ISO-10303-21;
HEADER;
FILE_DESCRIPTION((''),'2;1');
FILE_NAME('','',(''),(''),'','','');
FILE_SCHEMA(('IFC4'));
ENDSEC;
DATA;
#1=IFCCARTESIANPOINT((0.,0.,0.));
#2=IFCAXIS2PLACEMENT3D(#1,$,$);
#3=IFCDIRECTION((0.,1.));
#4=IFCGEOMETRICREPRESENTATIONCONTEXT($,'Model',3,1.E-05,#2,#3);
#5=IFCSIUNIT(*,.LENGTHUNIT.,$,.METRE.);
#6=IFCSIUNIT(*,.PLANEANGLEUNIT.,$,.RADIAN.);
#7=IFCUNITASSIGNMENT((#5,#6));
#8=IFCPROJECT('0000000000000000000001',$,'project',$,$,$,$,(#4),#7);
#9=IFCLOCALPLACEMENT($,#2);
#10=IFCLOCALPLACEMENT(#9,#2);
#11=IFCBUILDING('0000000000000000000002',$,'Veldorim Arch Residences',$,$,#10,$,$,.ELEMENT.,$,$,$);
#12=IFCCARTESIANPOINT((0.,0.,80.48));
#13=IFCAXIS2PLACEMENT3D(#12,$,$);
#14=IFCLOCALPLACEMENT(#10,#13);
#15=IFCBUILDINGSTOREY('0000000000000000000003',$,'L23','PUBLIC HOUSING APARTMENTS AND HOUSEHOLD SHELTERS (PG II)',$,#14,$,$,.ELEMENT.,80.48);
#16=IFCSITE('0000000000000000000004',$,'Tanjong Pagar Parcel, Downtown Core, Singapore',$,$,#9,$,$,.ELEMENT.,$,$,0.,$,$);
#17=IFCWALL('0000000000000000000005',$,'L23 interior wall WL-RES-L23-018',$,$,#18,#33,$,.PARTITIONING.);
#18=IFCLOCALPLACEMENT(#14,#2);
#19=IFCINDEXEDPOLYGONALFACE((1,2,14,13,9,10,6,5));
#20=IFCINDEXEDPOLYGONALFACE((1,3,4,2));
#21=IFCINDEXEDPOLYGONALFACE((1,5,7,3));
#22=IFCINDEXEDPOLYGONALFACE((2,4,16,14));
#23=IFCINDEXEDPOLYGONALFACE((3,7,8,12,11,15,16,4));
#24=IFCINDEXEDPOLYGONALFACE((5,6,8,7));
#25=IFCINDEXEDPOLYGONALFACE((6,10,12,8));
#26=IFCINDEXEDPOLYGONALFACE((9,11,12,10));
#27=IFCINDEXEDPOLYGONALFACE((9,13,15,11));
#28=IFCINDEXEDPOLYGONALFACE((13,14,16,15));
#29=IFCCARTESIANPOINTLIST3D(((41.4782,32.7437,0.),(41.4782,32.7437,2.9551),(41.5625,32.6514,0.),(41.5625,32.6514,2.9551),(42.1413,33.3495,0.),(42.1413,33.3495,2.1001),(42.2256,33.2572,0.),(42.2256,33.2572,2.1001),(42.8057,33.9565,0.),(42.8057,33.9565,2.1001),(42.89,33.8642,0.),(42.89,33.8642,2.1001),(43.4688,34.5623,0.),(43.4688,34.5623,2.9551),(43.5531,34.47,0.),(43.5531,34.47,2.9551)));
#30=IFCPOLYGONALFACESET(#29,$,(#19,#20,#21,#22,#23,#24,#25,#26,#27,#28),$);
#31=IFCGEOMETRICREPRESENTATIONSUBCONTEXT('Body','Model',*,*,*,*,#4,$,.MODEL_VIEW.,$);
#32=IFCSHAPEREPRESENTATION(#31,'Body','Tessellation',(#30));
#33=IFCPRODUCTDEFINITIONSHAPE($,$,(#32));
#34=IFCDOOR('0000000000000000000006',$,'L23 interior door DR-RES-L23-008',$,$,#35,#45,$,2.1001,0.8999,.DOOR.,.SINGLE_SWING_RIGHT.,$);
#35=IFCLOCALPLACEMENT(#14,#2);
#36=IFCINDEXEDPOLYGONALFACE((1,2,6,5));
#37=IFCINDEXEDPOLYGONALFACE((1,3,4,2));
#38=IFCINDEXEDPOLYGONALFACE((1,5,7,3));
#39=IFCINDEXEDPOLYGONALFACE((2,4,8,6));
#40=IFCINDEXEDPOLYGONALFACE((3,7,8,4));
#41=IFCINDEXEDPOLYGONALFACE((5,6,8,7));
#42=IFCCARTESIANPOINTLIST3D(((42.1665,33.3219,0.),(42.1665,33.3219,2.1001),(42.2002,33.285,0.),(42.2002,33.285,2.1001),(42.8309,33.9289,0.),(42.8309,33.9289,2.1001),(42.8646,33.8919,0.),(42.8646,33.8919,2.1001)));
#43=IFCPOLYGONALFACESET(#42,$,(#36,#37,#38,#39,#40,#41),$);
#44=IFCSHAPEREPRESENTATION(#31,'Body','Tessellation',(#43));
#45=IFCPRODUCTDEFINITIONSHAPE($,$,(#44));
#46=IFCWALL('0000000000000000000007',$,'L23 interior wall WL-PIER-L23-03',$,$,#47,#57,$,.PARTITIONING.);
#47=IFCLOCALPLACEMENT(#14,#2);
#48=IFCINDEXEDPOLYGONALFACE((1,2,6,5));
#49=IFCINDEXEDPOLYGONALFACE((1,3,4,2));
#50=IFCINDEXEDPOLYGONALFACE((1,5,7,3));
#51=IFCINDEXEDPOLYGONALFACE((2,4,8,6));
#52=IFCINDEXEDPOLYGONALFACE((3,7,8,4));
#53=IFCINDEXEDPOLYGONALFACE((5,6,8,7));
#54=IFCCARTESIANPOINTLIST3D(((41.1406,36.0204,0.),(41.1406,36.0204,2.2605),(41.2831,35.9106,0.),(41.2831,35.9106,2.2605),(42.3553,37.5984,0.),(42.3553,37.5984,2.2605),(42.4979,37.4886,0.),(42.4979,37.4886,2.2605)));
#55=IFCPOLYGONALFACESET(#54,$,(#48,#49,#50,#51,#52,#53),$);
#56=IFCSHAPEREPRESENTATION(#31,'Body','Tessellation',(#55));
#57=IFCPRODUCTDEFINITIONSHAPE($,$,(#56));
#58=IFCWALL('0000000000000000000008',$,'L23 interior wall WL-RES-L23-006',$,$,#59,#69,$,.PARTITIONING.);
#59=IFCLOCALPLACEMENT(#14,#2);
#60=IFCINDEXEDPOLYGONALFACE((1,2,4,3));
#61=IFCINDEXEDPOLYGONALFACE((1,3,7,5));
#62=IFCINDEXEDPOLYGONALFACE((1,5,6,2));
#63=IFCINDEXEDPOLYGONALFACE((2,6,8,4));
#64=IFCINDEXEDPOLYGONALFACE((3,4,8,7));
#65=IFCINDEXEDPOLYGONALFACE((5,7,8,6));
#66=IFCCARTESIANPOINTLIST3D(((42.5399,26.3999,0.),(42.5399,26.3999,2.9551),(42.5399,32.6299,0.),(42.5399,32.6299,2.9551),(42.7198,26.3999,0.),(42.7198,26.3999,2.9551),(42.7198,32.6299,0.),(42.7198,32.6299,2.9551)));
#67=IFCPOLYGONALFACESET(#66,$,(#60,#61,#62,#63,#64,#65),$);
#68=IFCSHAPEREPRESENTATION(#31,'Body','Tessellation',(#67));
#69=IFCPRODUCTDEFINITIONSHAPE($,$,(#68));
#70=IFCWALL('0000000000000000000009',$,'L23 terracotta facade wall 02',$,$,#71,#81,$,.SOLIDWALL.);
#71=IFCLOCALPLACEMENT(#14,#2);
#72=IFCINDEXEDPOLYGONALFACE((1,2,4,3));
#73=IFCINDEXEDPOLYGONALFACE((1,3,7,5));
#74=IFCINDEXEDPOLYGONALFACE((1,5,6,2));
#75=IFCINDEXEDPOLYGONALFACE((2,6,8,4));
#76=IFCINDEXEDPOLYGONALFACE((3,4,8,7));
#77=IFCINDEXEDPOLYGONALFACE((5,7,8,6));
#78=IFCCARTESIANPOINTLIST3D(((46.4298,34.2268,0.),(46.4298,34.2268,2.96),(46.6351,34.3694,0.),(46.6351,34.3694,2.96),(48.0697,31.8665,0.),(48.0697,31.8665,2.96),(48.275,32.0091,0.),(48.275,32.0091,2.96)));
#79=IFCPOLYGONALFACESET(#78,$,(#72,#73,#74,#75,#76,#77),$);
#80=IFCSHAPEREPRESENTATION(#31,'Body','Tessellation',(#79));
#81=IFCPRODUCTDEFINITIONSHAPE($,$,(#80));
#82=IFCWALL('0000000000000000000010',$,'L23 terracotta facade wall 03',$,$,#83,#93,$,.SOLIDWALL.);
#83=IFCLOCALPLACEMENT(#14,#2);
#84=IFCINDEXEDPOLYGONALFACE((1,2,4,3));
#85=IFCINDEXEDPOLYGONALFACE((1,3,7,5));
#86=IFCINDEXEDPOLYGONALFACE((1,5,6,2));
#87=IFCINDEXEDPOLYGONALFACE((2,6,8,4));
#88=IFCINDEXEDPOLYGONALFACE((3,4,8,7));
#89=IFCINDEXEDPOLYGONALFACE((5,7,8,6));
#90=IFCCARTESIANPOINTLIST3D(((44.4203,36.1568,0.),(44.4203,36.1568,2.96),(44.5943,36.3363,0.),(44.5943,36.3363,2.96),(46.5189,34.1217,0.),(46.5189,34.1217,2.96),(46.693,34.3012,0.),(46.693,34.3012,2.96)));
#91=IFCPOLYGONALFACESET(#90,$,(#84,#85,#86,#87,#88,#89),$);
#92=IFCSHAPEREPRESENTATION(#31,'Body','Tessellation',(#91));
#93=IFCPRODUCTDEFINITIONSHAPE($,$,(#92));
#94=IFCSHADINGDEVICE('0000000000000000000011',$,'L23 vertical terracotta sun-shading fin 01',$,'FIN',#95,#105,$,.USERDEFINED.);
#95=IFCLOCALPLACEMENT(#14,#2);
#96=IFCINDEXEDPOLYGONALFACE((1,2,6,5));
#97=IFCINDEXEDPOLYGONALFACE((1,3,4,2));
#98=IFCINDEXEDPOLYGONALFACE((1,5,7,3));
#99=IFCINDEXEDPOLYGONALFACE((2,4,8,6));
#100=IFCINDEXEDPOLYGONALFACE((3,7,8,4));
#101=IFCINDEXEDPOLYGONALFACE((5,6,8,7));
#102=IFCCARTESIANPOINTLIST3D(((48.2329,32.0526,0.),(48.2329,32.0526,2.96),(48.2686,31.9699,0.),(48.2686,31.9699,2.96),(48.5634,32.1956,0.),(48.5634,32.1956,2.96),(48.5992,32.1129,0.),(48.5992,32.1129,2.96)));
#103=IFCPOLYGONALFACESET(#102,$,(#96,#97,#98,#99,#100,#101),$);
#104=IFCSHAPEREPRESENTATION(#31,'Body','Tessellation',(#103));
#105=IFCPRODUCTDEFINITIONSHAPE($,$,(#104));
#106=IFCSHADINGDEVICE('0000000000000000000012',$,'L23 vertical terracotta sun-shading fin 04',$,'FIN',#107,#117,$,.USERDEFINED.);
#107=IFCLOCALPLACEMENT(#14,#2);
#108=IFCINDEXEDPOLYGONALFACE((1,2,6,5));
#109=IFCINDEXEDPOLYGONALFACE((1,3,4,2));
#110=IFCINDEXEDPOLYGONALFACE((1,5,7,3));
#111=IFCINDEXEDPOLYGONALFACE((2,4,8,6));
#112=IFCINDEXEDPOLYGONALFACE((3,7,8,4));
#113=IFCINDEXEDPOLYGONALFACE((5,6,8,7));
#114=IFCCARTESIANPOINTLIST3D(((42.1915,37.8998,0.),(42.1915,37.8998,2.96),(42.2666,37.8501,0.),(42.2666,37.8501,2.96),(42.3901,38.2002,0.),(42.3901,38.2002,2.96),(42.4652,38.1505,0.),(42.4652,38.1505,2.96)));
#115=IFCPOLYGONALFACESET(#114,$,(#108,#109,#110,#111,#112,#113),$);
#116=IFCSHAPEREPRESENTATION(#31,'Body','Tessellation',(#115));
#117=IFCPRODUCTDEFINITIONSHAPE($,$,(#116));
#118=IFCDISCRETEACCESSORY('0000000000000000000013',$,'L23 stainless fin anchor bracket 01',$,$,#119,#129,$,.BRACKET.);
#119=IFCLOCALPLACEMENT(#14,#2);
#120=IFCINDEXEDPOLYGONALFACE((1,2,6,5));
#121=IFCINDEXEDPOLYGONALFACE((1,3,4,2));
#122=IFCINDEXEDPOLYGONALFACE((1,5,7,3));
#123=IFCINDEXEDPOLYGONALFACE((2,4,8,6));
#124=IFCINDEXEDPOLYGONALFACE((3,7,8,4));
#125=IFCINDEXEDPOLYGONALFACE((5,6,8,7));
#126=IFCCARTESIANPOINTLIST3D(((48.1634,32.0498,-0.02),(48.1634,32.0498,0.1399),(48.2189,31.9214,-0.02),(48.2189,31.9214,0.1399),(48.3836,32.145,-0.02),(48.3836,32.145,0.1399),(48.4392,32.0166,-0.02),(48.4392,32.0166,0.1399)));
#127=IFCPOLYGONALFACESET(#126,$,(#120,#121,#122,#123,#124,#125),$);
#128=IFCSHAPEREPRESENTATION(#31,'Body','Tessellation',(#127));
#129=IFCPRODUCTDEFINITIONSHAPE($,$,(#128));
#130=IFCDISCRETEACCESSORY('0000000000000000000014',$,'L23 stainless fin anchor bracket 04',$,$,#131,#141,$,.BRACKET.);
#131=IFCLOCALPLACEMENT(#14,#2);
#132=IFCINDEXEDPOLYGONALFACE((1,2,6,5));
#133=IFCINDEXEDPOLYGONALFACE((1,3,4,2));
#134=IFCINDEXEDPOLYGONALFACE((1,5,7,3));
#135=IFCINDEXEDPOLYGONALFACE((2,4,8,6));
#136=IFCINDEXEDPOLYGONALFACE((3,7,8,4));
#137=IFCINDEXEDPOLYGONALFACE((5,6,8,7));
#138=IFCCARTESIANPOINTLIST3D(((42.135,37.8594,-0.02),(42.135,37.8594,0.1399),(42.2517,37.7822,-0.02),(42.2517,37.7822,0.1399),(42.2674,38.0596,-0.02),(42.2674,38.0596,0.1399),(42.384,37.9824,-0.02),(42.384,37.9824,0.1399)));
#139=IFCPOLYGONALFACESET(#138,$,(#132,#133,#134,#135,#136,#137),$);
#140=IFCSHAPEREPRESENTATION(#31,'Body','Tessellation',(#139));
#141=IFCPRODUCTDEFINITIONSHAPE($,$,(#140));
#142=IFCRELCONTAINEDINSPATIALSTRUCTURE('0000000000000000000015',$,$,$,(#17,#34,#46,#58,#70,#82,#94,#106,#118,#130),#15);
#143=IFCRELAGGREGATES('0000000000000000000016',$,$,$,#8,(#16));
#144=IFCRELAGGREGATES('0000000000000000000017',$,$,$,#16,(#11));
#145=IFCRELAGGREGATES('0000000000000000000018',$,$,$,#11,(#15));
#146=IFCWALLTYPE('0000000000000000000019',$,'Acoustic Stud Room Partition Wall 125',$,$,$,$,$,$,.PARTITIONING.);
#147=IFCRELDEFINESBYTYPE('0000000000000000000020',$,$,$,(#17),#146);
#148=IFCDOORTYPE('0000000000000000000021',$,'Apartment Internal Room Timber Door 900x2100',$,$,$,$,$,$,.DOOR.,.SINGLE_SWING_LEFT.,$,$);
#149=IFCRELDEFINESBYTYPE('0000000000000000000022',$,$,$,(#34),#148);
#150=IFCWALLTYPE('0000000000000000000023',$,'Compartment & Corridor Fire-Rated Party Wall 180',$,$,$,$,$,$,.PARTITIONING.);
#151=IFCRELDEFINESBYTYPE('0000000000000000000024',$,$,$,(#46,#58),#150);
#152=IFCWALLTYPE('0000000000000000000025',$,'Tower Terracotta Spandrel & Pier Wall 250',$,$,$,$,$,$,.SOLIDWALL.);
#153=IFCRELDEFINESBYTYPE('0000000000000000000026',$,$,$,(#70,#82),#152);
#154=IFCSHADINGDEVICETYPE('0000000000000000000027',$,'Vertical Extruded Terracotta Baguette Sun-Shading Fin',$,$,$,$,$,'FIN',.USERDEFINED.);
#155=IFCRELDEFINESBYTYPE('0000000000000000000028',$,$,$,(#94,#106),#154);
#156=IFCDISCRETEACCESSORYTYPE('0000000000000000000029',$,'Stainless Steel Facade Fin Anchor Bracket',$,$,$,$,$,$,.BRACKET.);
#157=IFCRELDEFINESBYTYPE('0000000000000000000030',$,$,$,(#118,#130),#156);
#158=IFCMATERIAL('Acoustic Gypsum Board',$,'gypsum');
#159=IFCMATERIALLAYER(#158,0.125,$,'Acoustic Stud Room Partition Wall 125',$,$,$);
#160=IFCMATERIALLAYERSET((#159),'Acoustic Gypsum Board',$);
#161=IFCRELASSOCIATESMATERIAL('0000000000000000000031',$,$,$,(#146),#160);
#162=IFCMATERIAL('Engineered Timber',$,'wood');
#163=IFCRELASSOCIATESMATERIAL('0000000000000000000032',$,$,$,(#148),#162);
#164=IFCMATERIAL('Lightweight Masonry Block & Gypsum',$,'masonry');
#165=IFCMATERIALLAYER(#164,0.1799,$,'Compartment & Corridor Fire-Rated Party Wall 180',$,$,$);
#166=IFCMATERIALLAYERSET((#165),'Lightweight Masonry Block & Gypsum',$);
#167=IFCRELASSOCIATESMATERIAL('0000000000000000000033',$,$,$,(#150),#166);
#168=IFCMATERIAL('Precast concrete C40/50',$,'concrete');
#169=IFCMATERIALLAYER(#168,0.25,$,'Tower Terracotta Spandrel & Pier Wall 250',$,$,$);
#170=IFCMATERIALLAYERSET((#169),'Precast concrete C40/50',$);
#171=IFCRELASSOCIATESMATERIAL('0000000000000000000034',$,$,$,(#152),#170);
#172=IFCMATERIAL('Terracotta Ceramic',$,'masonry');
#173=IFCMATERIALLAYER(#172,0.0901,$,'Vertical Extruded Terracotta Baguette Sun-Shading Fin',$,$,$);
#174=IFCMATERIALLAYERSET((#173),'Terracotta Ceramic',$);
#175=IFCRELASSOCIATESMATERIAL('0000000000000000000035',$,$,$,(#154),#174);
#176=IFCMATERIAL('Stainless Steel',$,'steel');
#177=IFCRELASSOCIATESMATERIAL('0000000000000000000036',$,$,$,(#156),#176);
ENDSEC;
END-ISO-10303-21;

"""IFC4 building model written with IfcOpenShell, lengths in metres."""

from ifc_helpers import new_model, si_unit, direction, frame, frame_2d, origin, origin_2d, place, context, subcontext, project, spatial, rectangle, extrude, material, layer, layer_set, type_object, element, fill, save


model = new_model("IFC4")

# Units and contexts
model_context = context("Model", 3, precision=1e-05, world=origin(), true_north=direction((0.0, 1.0)))
body_context = subcontext(model_context, "Body", "Model", "MODEL_VIEW")
ifc_project = project(units=[si_unit("LENGTHUNIT", "METRE"), si_unit("PLANEANGLEUNIT", "RADIAN")], contexts=[model_context])

# Site, building, storey
site_placement = place(None, origin())
site = spatial("IfcSite", under=ifc_project, at=site_placement, Name="Tanjong Pagar Parcel, Downtown Core, Singapore", CompositionType="ELEMENT", RefElevation=0.0)
building_placement = place(site_placement, origin())
building = spatial("IfcBuilding", under=site, at=building_placement, Name="Veldorim Arch Residences", CompositionType="ELEMENT")
storey_placement = place(building_placement, frame((0.0, 0.0, 80.48)))
storey = spatial("IfcBuildingStorey", under=building, at=storey_placement, Name="L23", Description="PUBLIC HOUSING APARTMENTS AND HOUSEHOLD SHELTERS (PG II)", CompositionType="ELEMENT", Elevation=80.48)

# Wall, opening, door
ifc_material_1 = material(Name="Acoustic Gypsum Board", Category="gypsum")
ifc_layer_1 = layer(ifc_material_1, 0.125, Name="Acoustic Stud Room Partition Wall 125")
ifc_layer_set_1 = layer_set([ifc_layer_1], Name="Acoustic Gypsum Board")
wall_type_1 = type_object("IfcWallType", Name="Acoustic Stud Room Partition Wall 125", PredefinedType="PARTITIONING", material=ifc_layer_set_1)
wall_1_placement = place(storey_placement, frame((43.511, 34.5161, 0.0), z_axis=(0.0, 0.0, 1.0), x_axis=(-0.738303, -0.674469, 0.0)))
wall_1 = element("IfcWall", 1, at=wall_1_placement, inside=storey, type_object=wall_type_1, Name="L23 interior wall WL-RES-L23-018", PredefinedType="PARTITIONING", context=body_context, shape_type="SweptSolid", body=[
    extrude(rectangle(XDim=2.6963, YDim=0.125, at=frame_2d((1.3481, 0.0))), origin(), (0.0, 0.0, 1.0), 2.9551),
])
opening_placement = place(wall_1_placement, frame((0.8982, 0.0, 0.0)))
opening = element("IfcOpeningElement", 2, at=opening_placement, cuts=wall_1, PredefinedType="OPENING", context=body_context, shape_type="SweptSolid", body=[
    extrude(rectangle(XDim=0.8999, YDim=2.1001, at=frame_2d((0.45, 1.05))), frame((0.0, 0.0725, 0.0), z_axis=(0.0, -1.0, 0.0), x_axis=(1.0, 0.0, 0.0)), (0.0, 0.0, 1.0), 0.145),
])
ifc_material_2 = material(Name="Engineered Timber", Category="wood")
door_type = type_object("IfcDoorType", Name="Apartment Internal Room Timber Door 900x2100", OperationType="SINGLE_SWING_LEFT", PredefinedType="DOOR", material=ifc_material_2)
door_placement = place(opening_placement, origin())
door = element("IfcDoor", 3, at=door_placement, inside=storey, type_object=door_type, Name="L23 interior door DR-RES-L23-008", OperationType="SINGLE_SWING_RIGHT", OverallHeight=2.1001, OverallWidth=0.8999, PredefinedType="DOOR", context=body_context, shape_type="SweptSolid", body=[
    extrude(rectangle(XDim=0.8999, YDim=2.1001, at=frame_2d((0.45, 1.05))), frame((0.0, 0.0249, 0.0), z_axis=(0.0, -1.0, 0.0), x_axis=(1.0, 0.0, 0.0)), (0.0, 0.0, 1.0), 0.05),
])
fill(opening, door)

# Walls
ifc_material_3 = material(Name="Lightweight Masonry Block & Gypsum", Category="masonry")
ifc_layer_2 = layer(ifc_material_3, 0.1799, Name="Compartment & Corridor Fire-Rated Party Wall 180")
ifc_layer_set_2 = layer_set([ifc_layer_2], Name="Lightweight Masonry Block & Gypsum")
wall_type_2 = type_object("IfcWallType", Name="Compartment & Corridor Fire-Rated Party Wall 180", PredefinedType="PARTITIONING", material=ifc_layer_set_2)
wall_2_placement = place(storey_placement, frame((41.2119, 35.9656, 0.0), z_axis=(0.0, 0.0, 1.0), x_axis=(0.609995, 0.792405, 0.0)))
element("IfcWall", 4, at=wall_2_placement, inside=storey, type_object=wall_type_2, Name="L23 interior wall WL-PIER-L23-03", PredefinedType="PARTITIONING", context=body_context, shape_type="SweptSolid", body=[
    extrude(rectangle(XDim=1.9915, YDim=0.1799, at=frame_2d((0.9956, 0.0))), origin(), (0.0, 0.0, 1.0), 2.2605),
])
wall_3_placement = place(storey_placement, frame((42.6299, 32.6299, 0.0), z_axis=(0.0, 0.0, 1.0), x_axis=(0.0, -1.0, 0.0)))
element("IfcWall", 5, at=wall_3_placement, inside=storey, type_object=wall_type_2, Name="L23 interior wall WL-RES-L23-006", PredefinedType="PARTITIONING", context=body_context, shape_type="SweptSolid", body=[
    extrude(rectangle(XDim=6.23, YDim=0.1799, at=frame_2d((3.115, 0.0))), origin(), (0.0, 0.0, 1.0), 2.9551),
])
ifc_material_4 = material(Name="Precast concrete C40/50", Category="concrete")
ifc_layer_3 = layer(ifc_material_4, 0.25, Name="Tower Terracotta Spandrel & Pier Wall 250")
ifc_layer_set_3 = layer_set([ifc_layer_3], Name="Precast concrete C40/50")
wall_type_3 = type_object("IfcWallType", Name="Tower Terracotta Spandrel & Pier Wall 250", PredefinedType="SOLIDWALL", material=ifc_layer_set_3)
wall_4_placement = place(storey_placement, frame((46.5325, 34.2981, 0.0), z_axis=(0.0, 0.0, 1.0), x_axis=(0.570574, -0.821246, 0.0)))
element("IfcWall", 6, at=wall_4_placement, inside=storey, type_object=wall_type_3, Name="L23 terracotta facade wall 02", PredefinedType="SOLIDWALL", context=body_context, shape_type="SweptSolid", body=[
    extrude(rectangle(XDim=2.874, YDim=0.25, at=frame_2d((1.437, 0.0))), origin(), (0.0, 0.0, 1.0), 2.96),
])
wall_5_placement = place(storey_placement, frame((44.5073, 36.2466, 0.0), z_axis=(0.0, 0.0, 1.0), x_axis=(0.71788, -0.696167, 0.0)))
element("IfcWall", 7, at=wall_5_placement, inside=storey, type_object=wall_type_3, Name="L23 terracotta facade wall 03", PredefinedType="SOLIDWALL", context=body_context, shape_type="SweptSolid", body=[
    extrude(rectangle(XDim=2.9233, YDim=0.25, at=frame_2d((1.4617, 0.0))), origin(), (0.0, 0.0, 1.0), 2.96),
])

# Shading devices
ifc_material_5 = material(Name="Terracotta Ceramic", Category="masonry")
ifc_layer_4 = layer(ifc_material_5, 0.0901, Name="Vertical Extruded Terracotta Baguette Sun-Shading Fin")
ifc_layer_set_4 = layer_set([ifc_layer_4], Name="Terracotta Ceramic")
shading_device_type = type_object("IfcShadingDeviceType", Name="Vertical Extruded Terracotta Baguette Sun-Shading Fin", ElementType="FIN", PredefinedType="USERDEFINED", material=ifc_layer_set_4)
for number, where, z_axis, x_axis, name in (
    (8, (48.416, 32.0828, 0.0), (0.0, 0.0, 1.0), (0.396988, -0.917824, 0.0), "L23 vertical terracotta sun-shading fin 01"),
    (9, (42.3284, 38.0251, 0.0), (0.0, 0.0, 1.0), (0.834175, -0.5515, 0.0), "L23 vertical terracotta sun-shading fin 04"),
):
    element("IfcShadingDevice", number, at=place(storey_placement, frame(where, z_axis=z_axis, x_axis=x_axis)), inside=storey, type_object=shading_device_type, Name=name, ObjectType="FIN", PredefinedType="USERDEFINED", context=body_context, shape_type="SweptSolid", body=[
        extrude(rectangle(XDim=0.0901, YDim=0.3601, at=origin_2d()), origin(), (0.0, 0.0, 1.0), 2.96),
    ])

# Discrete accessories
ifc_material_6 = material(Name="Stainless Steel", Category="steel")
discrete_accessory_type = type_object("IfcDiscreteAccessoryType", Name="Stainless Steel Facade Fin Anchor Bracket", PredefinedType="BRACKET", material=ifc_material_6)
for number, where, z_axis, x_axis, name in (
    (10, (48.3013, 32.0332, -0.02), (0.0, 0.0, 1.0), (0.396988, -0.917824, 0.0), "L23 stainless fin anchor bracket 01"),
    (11, (42.2595, 37.9209, -0.02), (0.0, 0.0, 1.0), (0.834175, -0.5515, 0.0), "L23 stainless fin anchor bracket 04"),
):
    element("IfcDiscreteAccessory", number, at=place(storey_placement, frame(where, z_axis=z_axis, x_axis=x_axis)), inside=storey, type_object=discrete_accessory_type, Name=name, PredefinedType="BRACKET", context=body_context, shape_type="SweptSolid", body=[
        extrude(rectangle(XDim=0.1399, YDim=0.24, at=origin_2d()), origin(), (0.0, 0.0, 1.0), 0.1599),
    ])

save(model, "model.ifc")
